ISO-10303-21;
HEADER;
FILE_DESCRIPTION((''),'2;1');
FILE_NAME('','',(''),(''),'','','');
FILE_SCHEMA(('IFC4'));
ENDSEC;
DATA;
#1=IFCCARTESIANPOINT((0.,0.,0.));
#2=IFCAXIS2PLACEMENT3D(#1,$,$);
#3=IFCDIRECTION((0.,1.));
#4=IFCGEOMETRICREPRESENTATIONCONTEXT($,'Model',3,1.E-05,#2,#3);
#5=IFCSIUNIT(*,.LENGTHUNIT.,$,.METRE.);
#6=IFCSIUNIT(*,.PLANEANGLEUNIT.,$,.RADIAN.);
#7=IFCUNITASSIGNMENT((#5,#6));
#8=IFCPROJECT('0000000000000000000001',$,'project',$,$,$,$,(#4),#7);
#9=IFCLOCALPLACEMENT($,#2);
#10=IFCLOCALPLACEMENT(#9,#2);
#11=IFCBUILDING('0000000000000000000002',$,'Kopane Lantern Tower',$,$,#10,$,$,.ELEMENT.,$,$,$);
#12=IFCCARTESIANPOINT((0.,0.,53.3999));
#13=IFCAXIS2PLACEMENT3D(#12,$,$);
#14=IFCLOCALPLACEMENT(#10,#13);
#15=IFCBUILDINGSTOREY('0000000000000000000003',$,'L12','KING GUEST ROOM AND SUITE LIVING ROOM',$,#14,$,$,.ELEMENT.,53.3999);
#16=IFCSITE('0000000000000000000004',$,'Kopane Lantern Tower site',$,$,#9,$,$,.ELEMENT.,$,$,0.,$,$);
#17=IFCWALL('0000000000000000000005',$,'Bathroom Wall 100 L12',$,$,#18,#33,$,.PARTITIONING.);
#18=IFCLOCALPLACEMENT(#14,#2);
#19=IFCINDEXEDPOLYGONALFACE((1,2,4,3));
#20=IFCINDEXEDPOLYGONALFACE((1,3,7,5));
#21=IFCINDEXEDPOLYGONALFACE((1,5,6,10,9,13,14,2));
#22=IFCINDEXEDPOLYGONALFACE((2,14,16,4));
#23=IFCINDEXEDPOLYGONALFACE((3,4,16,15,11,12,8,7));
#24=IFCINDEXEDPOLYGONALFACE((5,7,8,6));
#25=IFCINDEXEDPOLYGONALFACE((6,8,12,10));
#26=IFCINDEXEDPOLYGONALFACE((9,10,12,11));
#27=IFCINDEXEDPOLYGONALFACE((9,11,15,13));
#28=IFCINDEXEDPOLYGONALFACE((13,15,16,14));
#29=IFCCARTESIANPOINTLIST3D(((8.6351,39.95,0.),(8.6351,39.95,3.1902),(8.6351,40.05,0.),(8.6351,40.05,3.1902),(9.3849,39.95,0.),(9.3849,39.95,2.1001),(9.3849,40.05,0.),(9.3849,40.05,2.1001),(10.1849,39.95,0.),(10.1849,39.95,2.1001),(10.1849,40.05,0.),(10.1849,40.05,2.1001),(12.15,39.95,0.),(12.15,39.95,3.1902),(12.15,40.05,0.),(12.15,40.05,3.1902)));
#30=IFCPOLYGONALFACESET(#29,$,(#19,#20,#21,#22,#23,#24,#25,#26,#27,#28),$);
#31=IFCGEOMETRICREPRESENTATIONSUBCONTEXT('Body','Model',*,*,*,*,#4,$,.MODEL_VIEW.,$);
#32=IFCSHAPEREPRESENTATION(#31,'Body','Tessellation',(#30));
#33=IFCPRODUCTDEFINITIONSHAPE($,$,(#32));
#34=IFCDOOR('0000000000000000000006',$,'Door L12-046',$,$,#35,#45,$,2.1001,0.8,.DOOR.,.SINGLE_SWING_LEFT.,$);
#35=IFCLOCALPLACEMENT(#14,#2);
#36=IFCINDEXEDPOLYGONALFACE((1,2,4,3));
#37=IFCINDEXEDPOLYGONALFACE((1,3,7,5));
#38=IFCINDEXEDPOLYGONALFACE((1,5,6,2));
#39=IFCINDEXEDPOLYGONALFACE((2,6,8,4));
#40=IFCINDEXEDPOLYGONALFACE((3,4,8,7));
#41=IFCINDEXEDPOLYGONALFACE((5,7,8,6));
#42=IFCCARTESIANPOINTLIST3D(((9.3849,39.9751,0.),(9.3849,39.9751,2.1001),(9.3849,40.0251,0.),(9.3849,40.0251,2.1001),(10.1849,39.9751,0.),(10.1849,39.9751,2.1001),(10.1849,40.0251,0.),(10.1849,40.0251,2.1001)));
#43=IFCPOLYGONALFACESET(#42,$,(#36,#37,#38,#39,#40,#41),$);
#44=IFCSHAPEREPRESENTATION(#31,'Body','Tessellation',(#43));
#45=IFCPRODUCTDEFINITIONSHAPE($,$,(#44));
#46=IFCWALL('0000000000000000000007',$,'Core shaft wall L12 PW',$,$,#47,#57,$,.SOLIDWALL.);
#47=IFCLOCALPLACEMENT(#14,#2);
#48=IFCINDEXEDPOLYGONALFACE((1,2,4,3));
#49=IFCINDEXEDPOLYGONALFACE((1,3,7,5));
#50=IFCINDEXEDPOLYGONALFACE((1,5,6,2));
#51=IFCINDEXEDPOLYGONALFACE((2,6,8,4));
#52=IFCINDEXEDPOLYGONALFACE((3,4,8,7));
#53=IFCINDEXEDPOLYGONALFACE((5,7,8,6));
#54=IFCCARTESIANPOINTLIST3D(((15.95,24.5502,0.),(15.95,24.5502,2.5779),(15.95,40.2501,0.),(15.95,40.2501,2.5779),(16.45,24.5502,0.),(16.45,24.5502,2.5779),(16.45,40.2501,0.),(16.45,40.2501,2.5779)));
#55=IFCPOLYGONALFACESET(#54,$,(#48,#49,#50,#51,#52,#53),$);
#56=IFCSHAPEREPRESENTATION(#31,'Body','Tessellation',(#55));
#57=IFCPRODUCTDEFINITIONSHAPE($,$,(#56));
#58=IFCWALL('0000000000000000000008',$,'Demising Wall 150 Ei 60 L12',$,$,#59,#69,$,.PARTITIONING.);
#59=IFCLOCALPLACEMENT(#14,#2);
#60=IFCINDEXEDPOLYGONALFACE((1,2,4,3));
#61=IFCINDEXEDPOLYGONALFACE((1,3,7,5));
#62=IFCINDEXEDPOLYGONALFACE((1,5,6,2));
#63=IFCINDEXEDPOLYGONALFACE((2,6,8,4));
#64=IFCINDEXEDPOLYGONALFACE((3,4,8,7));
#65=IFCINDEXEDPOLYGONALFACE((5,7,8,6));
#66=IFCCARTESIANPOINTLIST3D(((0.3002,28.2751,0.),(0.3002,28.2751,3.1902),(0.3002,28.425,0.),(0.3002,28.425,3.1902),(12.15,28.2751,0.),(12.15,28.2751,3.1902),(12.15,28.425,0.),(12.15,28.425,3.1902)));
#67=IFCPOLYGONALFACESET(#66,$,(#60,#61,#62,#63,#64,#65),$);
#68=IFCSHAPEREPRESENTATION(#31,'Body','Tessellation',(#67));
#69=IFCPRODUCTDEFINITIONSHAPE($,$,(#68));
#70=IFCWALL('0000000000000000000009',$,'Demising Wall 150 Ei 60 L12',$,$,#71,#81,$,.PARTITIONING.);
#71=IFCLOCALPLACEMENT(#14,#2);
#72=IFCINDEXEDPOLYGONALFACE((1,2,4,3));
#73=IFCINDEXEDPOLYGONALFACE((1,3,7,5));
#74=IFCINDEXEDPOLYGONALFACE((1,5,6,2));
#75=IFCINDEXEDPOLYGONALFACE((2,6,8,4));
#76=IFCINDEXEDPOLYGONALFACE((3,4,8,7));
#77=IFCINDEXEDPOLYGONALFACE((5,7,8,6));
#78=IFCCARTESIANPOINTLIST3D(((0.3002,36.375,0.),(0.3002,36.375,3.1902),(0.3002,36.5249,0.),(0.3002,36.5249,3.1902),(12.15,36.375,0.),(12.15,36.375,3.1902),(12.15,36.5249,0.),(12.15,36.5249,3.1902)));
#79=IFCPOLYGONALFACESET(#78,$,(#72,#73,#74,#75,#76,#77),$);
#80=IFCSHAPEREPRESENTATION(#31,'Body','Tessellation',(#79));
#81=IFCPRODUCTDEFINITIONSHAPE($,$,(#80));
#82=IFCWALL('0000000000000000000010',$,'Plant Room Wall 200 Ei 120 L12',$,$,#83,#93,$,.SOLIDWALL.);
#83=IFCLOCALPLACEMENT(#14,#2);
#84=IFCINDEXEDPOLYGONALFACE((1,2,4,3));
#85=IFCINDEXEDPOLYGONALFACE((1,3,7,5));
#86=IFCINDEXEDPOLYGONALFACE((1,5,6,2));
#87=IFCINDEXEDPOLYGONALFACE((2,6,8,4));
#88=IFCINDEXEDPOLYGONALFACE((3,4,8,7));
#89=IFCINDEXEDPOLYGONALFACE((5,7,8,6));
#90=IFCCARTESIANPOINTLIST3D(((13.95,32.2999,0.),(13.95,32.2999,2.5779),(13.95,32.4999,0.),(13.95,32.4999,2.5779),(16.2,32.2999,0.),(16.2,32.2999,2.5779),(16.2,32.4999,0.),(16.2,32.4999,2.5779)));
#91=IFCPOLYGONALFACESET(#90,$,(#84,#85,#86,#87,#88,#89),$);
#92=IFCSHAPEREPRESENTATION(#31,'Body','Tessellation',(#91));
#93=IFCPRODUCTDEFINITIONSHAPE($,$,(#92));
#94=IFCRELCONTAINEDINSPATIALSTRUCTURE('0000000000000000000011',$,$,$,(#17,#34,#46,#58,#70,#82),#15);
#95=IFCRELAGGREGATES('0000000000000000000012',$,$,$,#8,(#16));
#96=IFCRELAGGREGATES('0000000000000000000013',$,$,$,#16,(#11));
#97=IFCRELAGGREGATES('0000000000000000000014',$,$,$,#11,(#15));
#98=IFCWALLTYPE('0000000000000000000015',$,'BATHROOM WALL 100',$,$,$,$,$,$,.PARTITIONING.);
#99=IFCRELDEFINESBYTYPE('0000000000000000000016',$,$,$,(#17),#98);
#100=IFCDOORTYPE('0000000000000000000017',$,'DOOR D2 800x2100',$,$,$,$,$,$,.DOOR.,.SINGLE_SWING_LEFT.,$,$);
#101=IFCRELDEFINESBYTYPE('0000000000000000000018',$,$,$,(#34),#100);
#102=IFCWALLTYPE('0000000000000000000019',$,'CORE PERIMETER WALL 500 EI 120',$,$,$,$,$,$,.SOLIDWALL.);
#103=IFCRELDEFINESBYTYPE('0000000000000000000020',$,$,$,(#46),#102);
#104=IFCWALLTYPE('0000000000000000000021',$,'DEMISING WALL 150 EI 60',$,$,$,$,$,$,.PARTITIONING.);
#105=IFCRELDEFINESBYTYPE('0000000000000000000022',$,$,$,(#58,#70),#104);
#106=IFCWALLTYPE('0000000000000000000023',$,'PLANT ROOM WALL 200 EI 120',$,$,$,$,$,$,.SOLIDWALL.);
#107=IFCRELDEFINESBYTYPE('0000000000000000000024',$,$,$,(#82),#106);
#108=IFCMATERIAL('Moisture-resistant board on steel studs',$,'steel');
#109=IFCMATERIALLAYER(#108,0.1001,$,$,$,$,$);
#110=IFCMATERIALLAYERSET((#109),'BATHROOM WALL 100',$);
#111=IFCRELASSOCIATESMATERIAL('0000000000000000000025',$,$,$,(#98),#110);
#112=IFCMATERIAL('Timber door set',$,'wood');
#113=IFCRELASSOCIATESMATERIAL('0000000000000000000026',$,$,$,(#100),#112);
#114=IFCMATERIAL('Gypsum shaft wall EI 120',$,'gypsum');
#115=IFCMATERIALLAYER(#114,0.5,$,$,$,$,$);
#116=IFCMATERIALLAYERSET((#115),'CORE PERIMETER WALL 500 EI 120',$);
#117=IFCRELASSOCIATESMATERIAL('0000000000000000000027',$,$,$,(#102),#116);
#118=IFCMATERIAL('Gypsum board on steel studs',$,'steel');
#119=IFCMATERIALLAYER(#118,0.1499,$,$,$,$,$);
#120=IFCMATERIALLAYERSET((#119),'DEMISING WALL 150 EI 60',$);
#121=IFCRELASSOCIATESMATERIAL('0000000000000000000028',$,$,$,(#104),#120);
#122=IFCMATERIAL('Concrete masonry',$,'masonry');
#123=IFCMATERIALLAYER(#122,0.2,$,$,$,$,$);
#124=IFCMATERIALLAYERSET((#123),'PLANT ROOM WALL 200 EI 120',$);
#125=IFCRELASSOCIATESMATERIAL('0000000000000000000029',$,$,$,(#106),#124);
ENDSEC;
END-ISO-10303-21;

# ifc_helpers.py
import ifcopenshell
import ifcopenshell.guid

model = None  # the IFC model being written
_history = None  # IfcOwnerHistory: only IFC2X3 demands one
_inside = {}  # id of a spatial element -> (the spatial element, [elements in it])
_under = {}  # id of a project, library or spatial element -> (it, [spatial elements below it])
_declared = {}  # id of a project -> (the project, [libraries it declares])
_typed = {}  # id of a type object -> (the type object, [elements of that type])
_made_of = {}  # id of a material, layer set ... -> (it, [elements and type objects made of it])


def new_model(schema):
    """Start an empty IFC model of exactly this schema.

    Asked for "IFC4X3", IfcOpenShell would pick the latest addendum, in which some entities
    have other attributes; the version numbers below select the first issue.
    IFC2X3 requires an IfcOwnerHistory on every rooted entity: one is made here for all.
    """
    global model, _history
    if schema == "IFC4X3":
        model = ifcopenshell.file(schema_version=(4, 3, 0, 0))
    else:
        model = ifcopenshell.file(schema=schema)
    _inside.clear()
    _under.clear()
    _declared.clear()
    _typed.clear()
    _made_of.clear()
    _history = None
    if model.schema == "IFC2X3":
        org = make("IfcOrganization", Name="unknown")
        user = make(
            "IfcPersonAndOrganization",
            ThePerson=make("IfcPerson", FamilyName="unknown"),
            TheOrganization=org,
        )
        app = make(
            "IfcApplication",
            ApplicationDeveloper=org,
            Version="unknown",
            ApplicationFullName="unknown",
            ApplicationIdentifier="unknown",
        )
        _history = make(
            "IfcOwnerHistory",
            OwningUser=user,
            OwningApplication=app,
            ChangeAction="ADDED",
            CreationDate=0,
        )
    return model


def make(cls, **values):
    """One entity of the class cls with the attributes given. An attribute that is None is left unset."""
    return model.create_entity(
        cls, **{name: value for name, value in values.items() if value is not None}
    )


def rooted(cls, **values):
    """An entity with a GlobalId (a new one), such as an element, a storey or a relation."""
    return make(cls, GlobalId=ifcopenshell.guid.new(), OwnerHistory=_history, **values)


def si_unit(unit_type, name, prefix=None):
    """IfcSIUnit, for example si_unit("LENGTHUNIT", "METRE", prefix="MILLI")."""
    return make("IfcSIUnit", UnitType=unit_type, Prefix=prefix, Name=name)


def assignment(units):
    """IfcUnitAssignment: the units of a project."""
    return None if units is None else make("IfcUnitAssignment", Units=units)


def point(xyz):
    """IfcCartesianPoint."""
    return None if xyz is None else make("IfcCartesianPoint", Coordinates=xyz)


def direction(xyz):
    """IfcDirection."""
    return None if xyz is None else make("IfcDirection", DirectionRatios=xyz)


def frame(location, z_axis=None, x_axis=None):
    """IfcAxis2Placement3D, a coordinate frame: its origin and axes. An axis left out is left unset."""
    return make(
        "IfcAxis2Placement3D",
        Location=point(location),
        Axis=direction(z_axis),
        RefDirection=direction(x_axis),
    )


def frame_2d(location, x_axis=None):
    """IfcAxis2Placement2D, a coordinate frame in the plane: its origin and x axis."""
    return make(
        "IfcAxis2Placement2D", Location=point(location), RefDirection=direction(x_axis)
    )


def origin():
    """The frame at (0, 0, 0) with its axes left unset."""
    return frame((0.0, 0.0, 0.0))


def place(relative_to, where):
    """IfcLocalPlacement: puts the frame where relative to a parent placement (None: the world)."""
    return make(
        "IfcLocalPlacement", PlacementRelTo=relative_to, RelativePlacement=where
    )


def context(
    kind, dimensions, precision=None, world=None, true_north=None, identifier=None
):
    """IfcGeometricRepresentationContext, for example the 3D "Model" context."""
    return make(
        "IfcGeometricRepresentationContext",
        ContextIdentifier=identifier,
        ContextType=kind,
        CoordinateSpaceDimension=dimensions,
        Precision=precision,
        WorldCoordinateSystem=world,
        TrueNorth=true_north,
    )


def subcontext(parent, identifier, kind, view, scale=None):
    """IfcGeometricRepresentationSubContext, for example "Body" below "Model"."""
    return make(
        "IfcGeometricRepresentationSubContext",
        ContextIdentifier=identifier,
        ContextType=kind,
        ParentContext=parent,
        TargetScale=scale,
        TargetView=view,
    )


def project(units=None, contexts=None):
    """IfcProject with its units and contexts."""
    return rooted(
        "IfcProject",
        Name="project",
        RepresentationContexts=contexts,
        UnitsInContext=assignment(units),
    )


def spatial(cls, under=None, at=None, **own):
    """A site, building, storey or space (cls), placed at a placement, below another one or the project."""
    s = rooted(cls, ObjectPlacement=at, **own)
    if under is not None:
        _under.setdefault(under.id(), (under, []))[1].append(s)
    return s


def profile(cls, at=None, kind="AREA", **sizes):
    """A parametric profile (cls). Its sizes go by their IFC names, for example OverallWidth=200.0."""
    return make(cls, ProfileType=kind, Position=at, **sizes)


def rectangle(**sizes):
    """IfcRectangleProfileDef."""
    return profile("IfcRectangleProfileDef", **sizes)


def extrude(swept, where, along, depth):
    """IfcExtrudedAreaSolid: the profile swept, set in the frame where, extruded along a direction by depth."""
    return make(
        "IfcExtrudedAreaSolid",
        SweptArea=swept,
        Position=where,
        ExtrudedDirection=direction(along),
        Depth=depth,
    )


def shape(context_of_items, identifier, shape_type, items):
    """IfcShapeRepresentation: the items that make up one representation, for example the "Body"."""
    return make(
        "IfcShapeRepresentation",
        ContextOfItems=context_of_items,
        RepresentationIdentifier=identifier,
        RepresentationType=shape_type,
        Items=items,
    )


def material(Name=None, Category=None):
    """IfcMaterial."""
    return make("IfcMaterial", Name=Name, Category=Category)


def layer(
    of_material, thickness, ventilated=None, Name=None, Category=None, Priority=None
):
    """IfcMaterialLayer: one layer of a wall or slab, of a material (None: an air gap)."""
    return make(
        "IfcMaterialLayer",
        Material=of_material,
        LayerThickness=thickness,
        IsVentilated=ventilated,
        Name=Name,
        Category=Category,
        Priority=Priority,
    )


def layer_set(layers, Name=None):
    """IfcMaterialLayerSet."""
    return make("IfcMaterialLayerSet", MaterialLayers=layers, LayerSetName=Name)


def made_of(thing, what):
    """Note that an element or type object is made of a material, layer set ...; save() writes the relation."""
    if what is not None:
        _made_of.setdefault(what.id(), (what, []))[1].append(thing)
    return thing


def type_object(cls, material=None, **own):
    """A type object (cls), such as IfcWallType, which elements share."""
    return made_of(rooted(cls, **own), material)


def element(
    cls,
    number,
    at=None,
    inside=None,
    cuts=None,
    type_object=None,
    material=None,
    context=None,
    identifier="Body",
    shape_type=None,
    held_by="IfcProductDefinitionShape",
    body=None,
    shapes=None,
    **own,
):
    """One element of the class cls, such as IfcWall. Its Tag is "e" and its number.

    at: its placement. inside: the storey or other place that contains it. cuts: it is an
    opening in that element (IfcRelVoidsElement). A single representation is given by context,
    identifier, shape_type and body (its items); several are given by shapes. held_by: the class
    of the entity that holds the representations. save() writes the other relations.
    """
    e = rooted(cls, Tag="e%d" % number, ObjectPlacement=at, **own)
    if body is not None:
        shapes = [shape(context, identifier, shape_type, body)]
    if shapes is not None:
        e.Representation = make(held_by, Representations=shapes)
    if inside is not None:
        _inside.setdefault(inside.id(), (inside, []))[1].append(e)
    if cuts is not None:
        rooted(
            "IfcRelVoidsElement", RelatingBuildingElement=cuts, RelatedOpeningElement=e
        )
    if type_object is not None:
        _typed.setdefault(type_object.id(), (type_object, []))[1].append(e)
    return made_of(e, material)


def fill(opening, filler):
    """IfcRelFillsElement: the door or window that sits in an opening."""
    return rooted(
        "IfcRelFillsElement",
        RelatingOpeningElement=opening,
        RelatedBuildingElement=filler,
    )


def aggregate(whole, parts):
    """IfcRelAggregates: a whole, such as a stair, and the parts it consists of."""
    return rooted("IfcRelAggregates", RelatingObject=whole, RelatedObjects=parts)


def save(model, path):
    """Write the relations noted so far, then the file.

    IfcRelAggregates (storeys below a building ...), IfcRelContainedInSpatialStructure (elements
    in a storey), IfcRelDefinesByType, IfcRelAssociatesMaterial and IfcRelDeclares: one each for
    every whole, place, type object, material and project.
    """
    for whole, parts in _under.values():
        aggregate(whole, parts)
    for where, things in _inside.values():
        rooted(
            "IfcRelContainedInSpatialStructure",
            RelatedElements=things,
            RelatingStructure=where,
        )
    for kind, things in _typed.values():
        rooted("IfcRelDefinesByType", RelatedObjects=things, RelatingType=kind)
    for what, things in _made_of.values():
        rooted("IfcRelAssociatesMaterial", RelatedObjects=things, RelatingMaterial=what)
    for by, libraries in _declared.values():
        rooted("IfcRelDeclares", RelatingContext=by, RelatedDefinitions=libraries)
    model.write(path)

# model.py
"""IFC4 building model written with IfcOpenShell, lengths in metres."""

from ifc_helpers import new_model, si_unit, direction, frame, frame_2d, origin, place, context, subcontext, project, spatial, rectangle, extrude, material, layer, layer_set, type_object, element, fill, save


model = new_model("IFC4")

# Units and contexts
model_context = context("Model", 3, precision=1e-05, world=origin(), true_north=direction((0.0, 1.0)))
body_context = subcontext(model_context, "Body", "Model", "MODEL_VIEW")
ifc_project = project(units=[si_unit("LENGTHUNIT", "METRE"), si_unit("PLANEANGLEUNIT", "RADIAN")], contexts=[model_context])

# Site, building, storey
site_placement = place(None, origin())
site = spatial("IfcSite", under=ifc_project, at=site_placement, Name="Kopane Lantern Tower site", CompositionType="ELEMENT", RefElevation=0.0)
building_placement = place(site_placement, origin())
building = spatial("IfcBuilding", under=site, at=building_placement, Name="Kopane Lantern Tower", CompositionType="ELEMENT")
storey_placement = place(building_placement, frame((0.0, 0.0, 53.3999)))
storey = spatial("IfcBuildingStorey", under=building, at=storey_placement, Name="L12", Description="KING GUEST ROOM AND SUITE LIVING ROOM", CompositionType="ELEMENT", Elevation=53.3999)

# Shared definitions
ifc_material_1 = material(Name="Moisture-resistant board on steel studs", Category="steel")
ifc_layer_1 = layer(ifc_material_1, 0.1001)
ifc_layer_set_1 = layer_set([ifc_layer_1], Name="BATHROOM WALL 100")
wall_type_1 = type_object("IfcWallType", Name="BATHROOM WALL 100", PredefinedType="PARTITIONING", material=ifc_layer_set_1)

# Wall, opening, door
wall_1_placement = place(storey_placement, frame((12.1499, 40.0, 0.0), z_axis=(0.0, 0.0, 1.0), x_axis=(-1.0, 0.0, 0.0)))
wall_1 = element("IfcWall", 1, at=wall_1_placement, inside=storey, type_object=wall_type_1, Name="Bathroom Wall 100 L12", PredefinedType="PARTITIONING", context=body_context, shape_type="SweptSolid", body=[
    extrude(rectangle(XDim=3.5149, YDim=0.1001, at=frame_2d((1.7573, 0.0))), origin(), (0.0, 0.0, 1.0), 3.1902),
])
opening_placement = place(wall_1_placement, frame((1.9651, 0.0, 0.0)))
opening = element("IfcOpeningElement", 2, at=opening_placement, cuts=wall_1, PredefinedType="OPENING", context=body_context, shape_type="SweptSolid", body=[
    extrude(rectangle(XDim=0.8, YDim=2.1001, at=frame_2d((0.3999, 1.05))), frame((0.0, 0.0601, 0.0), z_axis=(0.0, -1.0, 0.0), x_axis=(1.0, 0.0, 0.0)), (0.0, 0.0, 1.0), 0.1201),
])
ifc_material_2 = material(Name="Timber door set", Category="wood")
door_type = type_object("IfcDoorType", Name="DOOR D2 800x2100", OperationType="SINGLE_SWING_LEFT", PredefinedType="DOOR", material=ifc_material_2)
door_placement = place(opening_placement, origin())
door = element("IfcDoor", 3, at=door_placement, inside=storey, type_object=door_type, Name="Door L12-046", OperationType="SINGLE_SWING_LEFT", OverallHeight=2.1001, OverallWidth=0.8, PredefinedType="DOOR", context=body_context, shape_type="SweptSolid", body=[
    extrude(rectangle(XDim=0.8, YDim=2.1001, at=frame_2d((0.3999, 1.05))), frame((0.0, 0.0249, 0.0), z_axis=(0.0, -1.0, 0.0), x_axis=(1.0, 0.0, 0.0)), (0.0, 0.0, 1.0), 0.05),
])
fill(opening, door)

# Walls
ifc_material_3 = material(Name="Gypsum shaft wall EI 120", Category="gypsum")
ifc_layer_2 = layer(ifc_material_3, 0.5)
ifc_layer_set_2 = layer_set([ifc_layer_2], Name="CORE PERIMETER WALL 500 EI 120")
wall_type_2 = type_object("IfcWallType", Name="CORE PERIMETER WALL 500 EI 120", PredefinedType="SOLIDWALL", material=ifc_layer_set_2)
wall_2_placement = place(storey_placement, frame((16.2, 24.55, 0.0), z_axis=(0.0, 0.0, 1.0), x_axis=(0.0, 1.0, 0.0)))
element("IfcWall", 4, at=wall_2_placement, inside=storey, type_object=wall_type_2, Name="Core shaft wall L12 PW", PredefinedType="SOLIDWALL", context=body_context, shape_type="SweptSolid", body=[
    extrude(rectangle(XDim=15.7, YDim=0.5, at=frame_2d((7.8501, 0.0))), origin(), (0.0, 0.0, 1.0), 2.5779),
])
ifc_material_4 = material(Name="Gypsum board on steel studs", Category="steel")
ifc_layer_3 = layer(ifc_material_4, 0.1499)
ifc_layer_set_3 = layer_set([ifc_layer_3], Name="DEMISING WALL 150 EI 60")
wall_type_3 = type_object("IfcWallType", Name="DEMISING WALL 150 EI 60", PredefinedType="PARTITIONING", material=ifc_layer_set_3)
for number, where, z_axis, x_axis, name in (
    (5, (12.1499, 28.3501, 0.0), (0.0, 0.0, 1.0), (-1.0, 0.0, 0.0), "Demising Wall 150 Ei 60 L12"),
    (6, (12.1499, 36.45, 0.0), (0.0, 0.0, 1.0), (-1.0, 0.0, 0.0), "Demising Wall 150 Ei 60 L12"),
):
    element("IfcWall", number, at=place(storey_placement, frame(where, z_axis=z_axis, x_axis=x_axis)), inside=storey, type_object=wall_type_3, Name=name, PredefinedType="PARTITIONING", context=body_context, shape_type="SweptSolid", body=[
        extrude(rectangle(XDim=11.8499, YDim=0.1499, at=frame_2d((5.9248, 0.0))), origin(), (0.0, 0.0, 1.0), 3.1902),
    ])
ifc_material_5 = material(Name="Concrete masonry", Category="masonry")
ifc_layer_4 = layer(ifc_material_5, 0.2)
ifc_layer_set_4 = layer_set([ifc_layer_4], Name="PLANT ROOM WALL 200 EI 120")
wall_type_4 = type_object("IfcWallType", Name="PLANT ROOM WALL 200 EI 120", PredefinedType="SOLIDWALL", material=ifc_layer_set_4)
wall_3_placement = place(storey_placement, frame((13.95, 32.3999, 0.0), z_axis=(0.0, 0.0, 1.0), x_axis=(1.0, 0.0, 0.0)))
element("IfcWall", 7, at=wall_3_placement, inside=storey, type_object=wall_type_4, Name="Plant Room Wall 200 Ei 120 L12", PredefinedType="SOLIDWALL", context=body_context, shape_type="SweptSolid", body=[
    extrude(rectangle(XDim=2.25, YDim=0.2, at=frame_2d((1.125, 0.0))), origin(), (0.0, 0.0, 1.0), 2.5779),
])

save(model, "model.ifc")
